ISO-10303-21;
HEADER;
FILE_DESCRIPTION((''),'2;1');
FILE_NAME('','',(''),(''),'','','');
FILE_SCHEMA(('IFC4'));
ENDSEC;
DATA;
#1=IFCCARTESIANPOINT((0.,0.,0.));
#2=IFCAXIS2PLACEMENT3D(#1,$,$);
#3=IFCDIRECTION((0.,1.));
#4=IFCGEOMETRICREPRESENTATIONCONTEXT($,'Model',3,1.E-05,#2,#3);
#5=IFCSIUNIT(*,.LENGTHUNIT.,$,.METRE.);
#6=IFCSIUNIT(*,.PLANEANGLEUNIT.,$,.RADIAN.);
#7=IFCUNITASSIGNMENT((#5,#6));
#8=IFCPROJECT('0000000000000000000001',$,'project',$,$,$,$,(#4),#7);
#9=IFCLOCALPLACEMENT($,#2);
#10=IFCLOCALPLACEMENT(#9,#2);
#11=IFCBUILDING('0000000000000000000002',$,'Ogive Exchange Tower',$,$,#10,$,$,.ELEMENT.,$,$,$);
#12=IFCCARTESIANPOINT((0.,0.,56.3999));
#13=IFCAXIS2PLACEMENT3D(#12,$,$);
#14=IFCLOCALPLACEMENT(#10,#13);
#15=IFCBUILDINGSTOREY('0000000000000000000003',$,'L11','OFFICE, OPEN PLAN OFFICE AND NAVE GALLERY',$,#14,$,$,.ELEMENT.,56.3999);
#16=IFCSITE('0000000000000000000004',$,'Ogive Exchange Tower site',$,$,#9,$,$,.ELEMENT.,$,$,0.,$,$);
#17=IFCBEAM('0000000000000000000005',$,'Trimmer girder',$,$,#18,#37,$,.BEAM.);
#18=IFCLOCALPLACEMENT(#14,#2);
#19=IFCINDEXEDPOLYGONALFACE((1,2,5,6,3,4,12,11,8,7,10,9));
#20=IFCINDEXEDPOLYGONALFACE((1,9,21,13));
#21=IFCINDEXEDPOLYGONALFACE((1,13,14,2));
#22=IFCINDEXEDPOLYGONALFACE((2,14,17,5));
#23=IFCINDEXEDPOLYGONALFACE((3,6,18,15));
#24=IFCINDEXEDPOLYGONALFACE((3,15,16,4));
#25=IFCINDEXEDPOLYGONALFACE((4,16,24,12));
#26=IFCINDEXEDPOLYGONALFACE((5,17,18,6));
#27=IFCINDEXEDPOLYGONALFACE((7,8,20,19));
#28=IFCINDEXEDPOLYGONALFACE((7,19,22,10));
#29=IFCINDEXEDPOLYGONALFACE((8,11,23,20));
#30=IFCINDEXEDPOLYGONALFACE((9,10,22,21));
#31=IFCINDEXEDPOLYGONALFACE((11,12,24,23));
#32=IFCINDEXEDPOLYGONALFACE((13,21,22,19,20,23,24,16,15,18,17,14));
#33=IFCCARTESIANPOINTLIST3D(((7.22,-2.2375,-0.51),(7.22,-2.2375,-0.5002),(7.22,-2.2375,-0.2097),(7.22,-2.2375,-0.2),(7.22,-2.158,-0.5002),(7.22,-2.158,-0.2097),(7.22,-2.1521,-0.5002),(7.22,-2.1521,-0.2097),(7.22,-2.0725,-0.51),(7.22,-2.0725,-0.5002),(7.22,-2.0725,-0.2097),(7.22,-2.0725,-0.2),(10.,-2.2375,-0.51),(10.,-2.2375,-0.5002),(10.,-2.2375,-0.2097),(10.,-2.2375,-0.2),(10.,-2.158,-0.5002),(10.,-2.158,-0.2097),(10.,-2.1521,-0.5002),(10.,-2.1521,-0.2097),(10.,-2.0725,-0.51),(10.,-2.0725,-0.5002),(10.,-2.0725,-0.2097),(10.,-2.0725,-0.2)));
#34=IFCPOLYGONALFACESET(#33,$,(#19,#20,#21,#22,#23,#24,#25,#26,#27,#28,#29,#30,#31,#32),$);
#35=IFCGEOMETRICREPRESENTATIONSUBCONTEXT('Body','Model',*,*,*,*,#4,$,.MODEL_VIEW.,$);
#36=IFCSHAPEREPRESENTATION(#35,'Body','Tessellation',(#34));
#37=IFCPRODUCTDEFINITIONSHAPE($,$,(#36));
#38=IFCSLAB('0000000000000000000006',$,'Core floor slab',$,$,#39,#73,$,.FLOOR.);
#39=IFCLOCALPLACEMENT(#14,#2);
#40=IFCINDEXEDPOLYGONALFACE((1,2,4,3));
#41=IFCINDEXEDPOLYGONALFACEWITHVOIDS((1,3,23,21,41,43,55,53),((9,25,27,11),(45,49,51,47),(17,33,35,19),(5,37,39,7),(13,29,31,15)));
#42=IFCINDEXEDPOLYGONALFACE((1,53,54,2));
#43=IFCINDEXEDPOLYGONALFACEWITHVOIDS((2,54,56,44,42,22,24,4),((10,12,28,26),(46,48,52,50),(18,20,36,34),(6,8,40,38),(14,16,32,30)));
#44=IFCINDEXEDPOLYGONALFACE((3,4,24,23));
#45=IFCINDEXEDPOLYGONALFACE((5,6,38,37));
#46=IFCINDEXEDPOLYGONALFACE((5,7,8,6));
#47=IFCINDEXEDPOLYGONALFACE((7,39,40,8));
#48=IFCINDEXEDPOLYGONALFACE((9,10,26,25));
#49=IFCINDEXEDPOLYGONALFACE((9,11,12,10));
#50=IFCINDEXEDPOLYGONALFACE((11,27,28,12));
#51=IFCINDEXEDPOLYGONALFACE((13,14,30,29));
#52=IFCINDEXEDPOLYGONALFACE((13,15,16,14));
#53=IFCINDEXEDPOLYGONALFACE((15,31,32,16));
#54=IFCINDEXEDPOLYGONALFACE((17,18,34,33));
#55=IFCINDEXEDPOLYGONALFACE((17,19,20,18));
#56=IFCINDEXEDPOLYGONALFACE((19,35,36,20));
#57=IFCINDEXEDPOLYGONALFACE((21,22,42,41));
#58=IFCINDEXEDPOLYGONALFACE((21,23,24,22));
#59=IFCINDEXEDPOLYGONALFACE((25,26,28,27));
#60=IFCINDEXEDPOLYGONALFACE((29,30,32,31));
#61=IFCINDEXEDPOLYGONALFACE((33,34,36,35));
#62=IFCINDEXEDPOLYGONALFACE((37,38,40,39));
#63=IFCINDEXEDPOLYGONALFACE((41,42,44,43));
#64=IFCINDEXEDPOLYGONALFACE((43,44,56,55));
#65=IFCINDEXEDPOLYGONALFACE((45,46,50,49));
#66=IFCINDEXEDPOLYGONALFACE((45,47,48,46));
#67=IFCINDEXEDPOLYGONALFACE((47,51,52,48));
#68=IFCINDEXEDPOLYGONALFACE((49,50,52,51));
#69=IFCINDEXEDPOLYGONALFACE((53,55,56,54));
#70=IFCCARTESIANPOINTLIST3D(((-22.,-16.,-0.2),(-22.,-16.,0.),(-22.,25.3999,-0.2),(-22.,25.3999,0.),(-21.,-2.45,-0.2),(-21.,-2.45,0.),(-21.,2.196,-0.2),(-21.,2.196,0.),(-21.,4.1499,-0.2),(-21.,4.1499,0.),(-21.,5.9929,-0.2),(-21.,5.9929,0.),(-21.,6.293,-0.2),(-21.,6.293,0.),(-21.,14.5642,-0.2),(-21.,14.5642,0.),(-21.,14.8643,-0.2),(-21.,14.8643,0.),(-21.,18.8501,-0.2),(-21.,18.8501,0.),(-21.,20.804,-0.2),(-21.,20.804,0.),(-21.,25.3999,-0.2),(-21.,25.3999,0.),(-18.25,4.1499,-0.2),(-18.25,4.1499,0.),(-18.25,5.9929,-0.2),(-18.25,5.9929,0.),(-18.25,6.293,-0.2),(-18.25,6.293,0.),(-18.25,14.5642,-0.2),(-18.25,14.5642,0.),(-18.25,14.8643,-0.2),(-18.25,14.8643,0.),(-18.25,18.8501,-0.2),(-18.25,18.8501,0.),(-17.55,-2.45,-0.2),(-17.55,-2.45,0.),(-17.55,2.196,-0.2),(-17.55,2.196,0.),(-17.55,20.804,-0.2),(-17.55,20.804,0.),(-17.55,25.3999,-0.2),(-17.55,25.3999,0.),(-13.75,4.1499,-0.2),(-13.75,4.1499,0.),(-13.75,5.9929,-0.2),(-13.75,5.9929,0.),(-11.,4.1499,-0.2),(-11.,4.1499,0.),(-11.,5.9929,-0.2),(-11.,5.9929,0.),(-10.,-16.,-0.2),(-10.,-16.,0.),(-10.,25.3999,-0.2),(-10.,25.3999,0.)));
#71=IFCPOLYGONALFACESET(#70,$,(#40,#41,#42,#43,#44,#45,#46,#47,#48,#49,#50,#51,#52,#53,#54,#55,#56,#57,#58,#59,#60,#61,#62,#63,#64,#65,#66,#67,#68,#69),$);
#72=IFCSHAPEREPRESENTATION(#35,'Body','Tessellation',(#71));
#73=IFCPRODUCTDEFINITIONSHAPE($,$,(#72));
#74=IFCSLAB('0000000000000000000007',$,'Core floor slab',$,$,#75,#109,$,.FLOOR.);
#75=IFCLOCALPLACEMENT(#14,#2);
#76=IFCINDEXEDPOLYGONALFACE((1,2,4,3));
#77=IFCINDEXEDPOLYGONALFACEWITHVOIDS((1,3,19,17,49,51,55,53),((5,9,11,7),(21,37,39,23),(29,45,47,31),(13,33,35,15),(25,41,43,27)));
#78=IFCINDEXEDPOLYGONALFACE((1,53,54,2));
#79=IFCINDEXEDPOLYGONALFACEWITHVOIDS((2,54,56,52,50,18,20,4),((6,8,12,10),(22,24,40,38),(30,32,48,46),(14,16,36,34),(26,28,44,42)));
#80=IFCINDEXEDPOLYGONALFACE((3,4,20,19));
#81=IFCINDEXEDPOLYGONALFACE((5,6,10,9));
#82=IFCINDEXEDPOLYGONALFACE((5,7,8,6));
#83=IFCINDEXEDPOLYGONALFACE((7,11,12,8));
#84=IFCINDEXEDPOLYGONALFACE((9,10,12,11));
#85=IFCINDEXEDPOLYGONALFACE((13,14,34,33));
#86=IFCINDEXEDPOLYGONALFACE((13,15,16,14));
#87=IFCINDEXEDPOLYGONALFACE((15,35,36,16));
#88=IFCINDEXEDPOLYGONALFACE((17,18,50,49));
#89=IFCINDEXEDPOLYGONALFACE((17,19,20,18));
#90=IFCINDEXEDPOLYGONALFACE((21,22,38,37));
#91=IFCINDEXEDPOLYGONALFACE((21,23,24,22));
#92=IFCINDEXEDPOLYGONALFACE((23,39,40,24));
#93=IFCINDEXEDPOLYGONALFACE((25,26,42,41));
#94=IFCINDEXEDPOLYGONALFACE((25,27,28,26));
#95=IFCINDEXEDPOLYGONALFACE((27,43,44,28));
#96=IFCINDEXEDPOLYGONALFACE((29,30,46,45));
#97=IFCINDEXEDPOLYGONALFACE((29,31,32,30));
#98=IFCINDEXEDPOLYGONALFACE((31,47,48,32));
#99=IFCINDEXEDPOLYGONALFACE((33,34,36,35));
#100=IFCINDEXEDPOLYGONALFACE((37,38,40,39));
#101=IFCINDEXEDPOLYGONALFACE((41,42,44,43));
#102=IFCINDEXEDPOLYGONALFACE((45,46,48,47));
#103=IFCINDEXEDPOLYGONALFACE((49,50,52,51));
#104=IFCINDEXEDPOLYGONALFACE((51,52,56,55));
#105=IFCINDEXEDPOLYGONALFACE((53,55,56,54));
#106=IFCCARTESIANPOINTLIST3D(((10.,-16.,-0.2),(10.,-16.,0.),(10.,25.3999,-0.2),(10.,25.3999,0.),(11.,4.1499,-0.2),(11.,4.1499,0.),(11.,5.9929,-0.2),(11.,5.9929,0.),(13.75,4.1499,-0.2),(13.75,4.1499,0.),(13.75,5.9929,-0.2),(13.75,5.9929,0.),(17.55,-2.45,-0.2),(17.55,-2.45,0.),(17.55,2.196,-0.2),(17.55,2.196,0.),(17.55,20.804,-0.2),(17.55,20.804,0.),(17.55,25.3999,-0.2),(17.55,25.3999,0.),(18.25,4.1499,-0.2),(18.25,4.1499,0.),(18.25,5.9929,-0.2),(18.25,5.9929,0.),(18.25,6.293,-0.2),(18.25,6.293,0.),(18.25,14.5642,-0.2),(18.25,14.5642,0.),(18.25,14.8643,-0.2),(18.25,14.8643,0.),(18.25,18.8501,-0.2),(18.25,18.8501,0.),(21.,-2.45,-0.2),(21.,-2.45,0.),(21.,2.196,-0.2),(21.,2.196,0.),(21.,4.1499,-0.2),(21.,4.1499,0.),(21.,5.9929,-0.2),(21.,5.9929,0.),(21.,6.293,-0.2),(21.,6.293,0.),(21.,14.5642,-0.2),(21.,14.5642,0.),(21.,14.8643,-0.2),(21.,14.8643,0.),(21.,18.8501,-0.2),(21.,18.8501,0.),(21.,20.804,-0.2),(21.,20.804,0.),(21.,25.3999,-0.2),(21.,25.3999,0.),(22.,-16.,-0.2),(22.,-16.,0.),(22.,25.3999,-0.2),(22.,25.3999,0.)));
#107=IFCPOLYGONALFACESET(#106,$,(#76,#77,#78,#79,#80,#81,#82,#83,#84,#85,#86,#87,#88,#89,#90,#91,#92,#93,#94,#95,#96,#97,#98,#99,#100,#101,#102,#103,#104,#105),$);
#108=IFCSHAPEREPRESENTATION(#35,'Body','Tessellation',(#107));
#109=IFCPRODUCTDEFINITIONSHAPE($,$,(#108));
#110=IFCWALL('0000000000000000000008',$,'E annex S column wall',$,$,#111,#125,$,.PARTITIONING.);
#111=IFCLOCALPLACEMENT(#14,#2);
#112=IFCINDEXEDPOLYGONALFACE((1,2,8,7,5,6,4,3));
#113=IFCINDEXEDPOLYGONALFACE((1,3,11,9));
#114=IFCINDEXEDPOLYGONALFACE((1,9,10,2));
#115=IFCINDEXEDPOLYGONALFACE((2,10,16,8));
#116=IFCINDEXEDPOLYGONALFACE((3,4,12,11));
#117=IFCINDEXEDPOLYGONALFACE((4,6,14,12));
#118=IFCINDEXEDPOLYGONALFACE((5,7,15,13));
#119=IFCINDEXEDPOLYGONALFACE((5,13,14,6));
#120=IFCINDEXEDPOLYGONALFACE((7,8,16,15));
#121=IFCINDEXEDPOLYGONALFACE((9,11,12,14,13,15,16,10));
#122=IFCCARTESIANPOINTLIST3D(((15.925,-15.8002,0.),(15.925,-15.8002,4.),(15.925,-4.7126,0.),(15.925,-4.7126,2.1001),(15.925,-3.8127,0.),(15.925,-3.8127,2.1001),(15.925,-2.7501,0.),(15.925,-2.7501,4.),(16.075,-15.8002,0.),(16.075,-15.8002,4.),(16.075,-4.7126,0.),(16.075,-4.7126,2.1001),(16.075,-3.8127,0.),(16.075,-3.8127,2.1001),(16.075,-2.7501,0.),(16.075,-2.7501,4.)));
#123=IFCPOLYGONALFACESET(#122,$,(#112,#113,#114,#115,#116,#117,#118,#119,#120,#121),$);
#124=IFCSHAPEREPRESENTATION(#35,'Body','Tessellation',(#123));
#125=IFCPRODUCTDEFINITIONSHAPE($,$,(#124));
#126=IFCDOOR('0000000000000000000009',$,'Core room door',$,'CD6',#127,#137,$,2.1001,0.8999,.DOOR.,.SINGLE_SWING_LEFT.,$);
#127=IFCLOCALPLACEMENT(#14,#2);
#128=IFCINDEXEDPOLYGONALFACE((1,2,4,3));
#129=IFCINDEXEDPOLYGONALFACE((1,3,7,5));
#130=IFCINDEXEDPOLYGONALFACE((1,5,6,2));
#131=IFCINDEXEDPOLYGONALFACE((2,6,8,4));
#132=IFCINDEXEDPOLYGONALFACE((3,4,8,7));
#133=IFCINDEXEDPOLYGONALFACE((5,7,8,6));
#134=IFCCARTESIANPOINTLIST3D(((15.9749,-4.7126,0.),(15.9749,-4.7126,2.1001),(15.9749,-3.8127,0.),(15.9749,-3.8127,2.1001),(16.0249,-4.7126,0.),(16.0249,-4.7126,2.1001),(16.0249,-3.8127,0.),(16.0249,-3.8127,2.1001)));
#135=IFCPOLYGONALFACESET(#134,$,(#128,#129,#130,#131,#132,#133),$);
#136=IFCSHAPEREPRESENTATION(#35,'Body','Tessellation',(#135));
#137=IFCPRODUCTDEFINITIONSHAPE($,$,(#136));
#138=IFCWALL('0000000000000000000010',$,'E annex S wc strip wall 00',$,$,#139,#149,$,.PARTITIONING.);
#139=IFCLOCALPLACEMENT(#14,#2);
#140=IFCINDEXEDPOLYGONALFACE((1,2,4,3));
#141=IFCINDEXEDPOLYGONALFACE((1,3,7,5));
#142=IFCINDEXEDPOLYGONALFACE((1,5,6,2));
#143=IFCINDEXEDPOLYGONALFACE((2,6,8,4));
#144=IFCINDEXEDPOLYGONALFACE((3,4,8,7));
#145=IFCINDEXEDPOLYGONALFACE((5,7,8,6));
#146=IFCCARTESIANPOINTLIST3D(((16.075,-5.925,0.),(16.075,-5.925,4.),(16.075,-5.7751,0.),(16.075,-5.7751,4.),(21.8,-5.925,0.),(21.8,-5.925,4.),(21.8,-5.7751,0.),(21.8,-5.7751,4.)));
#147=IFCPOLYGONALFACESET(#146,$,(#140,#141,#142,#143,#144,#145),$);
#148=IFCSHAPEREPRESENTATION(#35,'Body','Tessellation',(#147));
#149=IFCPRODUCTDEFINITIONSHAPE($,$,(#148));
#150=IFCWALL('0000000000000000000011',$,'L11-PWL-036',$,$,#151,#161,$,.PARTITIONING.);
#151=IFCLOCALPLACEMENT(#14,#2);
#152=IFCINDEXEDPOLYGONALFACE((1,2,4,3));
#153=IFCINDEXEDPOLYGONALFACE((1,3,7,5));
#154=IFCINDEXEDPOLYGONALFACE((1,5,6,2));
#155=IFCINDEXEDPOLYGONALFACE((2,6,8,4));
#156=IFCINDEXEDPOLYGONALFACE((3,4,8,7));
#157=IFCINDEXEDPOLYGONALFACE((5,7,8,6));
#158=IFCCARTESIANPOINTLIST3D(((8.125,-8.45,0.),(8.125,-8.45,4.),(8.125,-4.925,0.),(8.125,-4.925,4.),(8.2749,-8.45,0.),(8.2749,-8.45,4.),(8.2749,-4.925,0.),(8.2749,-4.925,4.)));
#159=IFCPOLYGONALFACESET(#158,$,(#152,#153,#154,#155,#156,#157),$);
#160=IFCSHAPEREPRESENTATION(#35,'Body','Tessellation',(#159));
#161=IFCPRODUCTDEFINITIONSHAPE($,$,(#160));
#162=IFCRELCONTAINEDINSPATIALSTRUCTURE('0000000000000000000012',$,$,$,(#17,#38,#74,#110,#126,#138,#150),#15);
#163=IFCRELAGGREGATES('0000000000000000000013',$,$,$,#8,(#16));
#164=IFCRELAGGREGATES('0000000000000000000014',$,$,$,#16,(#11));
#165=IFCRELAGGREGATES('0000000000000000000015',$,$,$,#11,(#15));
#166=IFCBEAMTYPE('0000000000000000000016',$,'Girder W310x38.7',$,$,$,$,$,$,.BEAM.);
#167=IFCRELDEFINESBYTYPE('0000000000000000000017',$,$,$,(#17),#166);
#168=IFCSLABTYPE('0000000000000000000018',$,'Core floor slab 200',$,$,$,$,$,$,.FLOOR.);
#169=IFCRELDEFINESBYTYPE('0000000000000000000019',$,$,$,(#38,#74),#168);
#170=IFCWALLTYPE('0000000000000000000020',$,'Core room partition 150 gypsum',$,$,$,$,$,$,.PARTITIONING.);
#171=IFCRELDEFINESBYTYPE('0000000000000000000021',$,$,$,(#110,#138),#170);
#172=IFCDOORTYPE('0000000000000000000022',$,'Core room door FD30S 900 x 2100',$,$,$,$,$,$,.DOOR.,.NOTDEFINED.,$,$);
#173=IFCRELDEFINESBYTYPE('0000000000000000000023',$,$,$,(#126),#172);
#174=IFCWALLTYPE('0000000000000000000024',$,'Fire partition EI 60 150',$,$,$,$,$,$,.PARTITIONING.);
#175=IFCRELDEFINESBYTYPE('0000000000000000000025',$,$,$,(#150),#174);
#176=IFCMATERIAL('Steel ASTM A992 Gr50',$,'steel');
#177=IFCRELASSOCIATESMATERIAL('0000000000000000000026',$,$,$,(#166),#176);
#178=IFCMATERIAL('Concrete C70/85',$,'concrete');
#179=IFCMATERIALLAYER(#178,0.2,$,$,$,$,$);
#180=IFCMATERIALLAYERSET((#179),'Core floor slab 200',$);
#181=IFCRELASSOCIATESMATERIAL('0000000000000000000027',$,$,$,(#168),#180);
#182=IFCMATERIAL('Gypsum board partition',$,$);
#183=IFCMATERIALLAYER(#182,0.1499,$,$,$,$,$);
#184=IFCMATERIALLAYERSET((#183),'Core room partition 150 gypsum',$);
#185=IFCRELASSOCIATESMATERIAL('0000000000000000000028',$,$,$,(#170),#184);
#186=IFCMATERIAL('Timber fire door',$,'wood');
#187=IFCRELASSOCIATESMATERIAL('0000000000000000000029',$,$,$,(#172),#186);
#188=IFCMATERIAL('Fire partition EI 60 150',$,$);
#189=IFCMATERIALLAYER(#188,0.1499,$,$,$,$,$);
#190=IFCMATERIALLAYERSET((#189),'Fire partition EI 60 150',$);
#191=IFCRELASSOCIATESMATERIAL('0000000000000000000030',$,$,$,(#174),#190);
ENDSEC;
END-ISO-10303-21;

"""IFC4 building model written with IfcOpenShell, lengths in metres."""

from ifc_helpers import new_model, si_unit, direction, frame, frame_2d, origin, origin_2d, place, context, subcontext, project, spatial, polyline, rectangle, i_section, outline, extrude, material, layer, layer_set, material_profile, profile_set, type_object, element, fill, save


model = new_model("IFC4")

# Units and contexts
model_context = context("Model", 3, precision=1e-05, world=origin(), true_north=direction((0.0, 1.0)))
body_context = subcontext(model_context, "Body", "Model", "MODEL_VIEW")
ifc_project = project(units=[si_unit("LENGTHUNIT", "METRE"), si_unit("PLANEANGLEUNIT", "RADIAN")], contexts=[model_context])

# Site, building, storey
site_placement = place(None, origin())
site = spatial("IfcSite", under=ifc_project, at=site_placement, Name="Ogive Exchange Tower site", CompositionType="ELEMENT", RefElevation=0.0)
building_placement = place(site_placement, origin())
building = spatial("IfcBuilding", under=site, at=building_placement, Name="Ogive Exchange Tower", CompositionType="ELEMENT")
storey_placement = place(building_placement, frame((0.0, 0.0, 56.3999)))
storey = spatial("IfcBuildingStorey", under=building, at=storey_placement, Name="L11", Description="OFFICE, OPEN PLAN OFFICE AND NAVE GALLERY", CompositionType="ELEMENT", Elevation=56.3999)

# Beam
ifc_material_1 = material(Name="Steel ASTM A992 Gr50", Category="steel")
ifc_material_profile = material_profile(ifc_material_1, i_section(OverallWidth=0.165, OverallDepth=0.3101, WebThickness=0.0059, FlangeThickness=0.0098, at=origin_2d()), Name="W310x38.7")
ifc_profile_set = profile_set([ifc_material_profile], Name="Steel ASTM A992 Gr50")
beam_type = type_object("IfcBeamType", Name="Girder W310x38.7", PredefinedType="BEAM", material=ifc_profile_set)
beam_placement = place(storey_placement, frame((7.22, -2.155, -0.355), z_axis=(1.0, 0.0, 0.0), x_axis=(0.0, 1.0, 0.0)))
element("IfcBeam", 1, at=beam_placement, inside=storey, type_object=beam_type, Name="Trimmer girder", PredefinedType="BEAM", context=body_context, shape_type="SweptSolid", body=[
    extrude(i_section(OverallWidth=0.165, OverallDepth=0.3101, WebThickness=0.0059, FlangeThickness=0.0098, at=origin_2d()), origin(), (0.0, 0.0, 1.0), 2.78),
])

# Slabs
ifc_material_2 = material(Name="Concrete C70/85", Category="concrete")
ifc_layer_1 = layer(ifc_material_2, 0.2)
ifc_layer_set_1 = layer_set([ifc_layer_1], Name="Core floor slab 200")
slab_type = type_object("IfcSlabType", Name="Core floor slab 200", PredefinedType="FLOOR", material=ifc_layer_set_1)
slab_1_placement = place(storey_placement, frame((0.0, 0.0, -0.2)))
element("IfcSlab", 2, at=slab_1_placement, inside=storey, type_object=slab_type, Name="Core floor slab", PredefinedType="FLOOR", context=body_context, shape_type="SweptSolid", body=[
    extrude(outline(polyline([(-10.0, 25.3999), (-10.0, -16.0), (-22.0, -16.0), (-22.0, 25.3999), (-21.0, 25.3999), (-21.0, 20.804), (-17.55, 20.804), (-17.55, 25.3999), (-10.0, 25.3999)]), holes=[polyline([(-17.55, 2.196), (-21.0, 2.196), (-21.0, -2.45), (-17.55, -2.45), (-17.55, 2.196)]), polyline([(-18.25, 5.9929), (-21.0, 5.9929), (-21.0, 4.1499), (-18.25, 4.1499), (-18.25, 5.9929)]), polyline([(-11.0, 5.9929), (-13.75, 5.9929), (-13.75, 4.1499), (-11.0, 4.1499), (-11.0, 5.9929)]), polyline([(-21.0, 14.5642), (-21.0, 6.293), (-18.25, 6.293), (-18.25, 14.5642), (-21.0, 14.5642)]), polyline([(-18.25, 18.8501), (-21.0, 18.8501), (-21.0, 14.8643), (-18.25, 14.8643), (-18.25, 18.8501)])]), origin(), (0.0, 0.0, 1.0), 0.2),
])
slab_2_placement = place(storey_placement, frame((0.0, 0.0, -0.2)))
element("IfcSlab", 3, at=slab_2_placement, inside=storey, type_object=slab_type, Name="Core floor slab", PredefinedType="FLOOR", context=body_context, shape_type="SweptSolid", body=[
    extrude(outline(polyline([(22.0, 25.3999), (22.0, -16.0), (10.0, -16.0), (10.0, 25.3999), (17.55, 25.3999), (17.55, 20.804), (21.0, 20.804), (21.0, 25.3999), (22.0, 25.3999)]), holes=[polyline([(21.0, 2.196), (17.55, 2.196), (17.55, -2.45), (21.0, -2.45), (21.0, 2.196)]), polyline([(13.75, 5.9929), (11.0, 5.9929), (11.0, 4.1499), (13.75, 4.1499), (13.75, 5.9929)]), polyline([(21.0, 5.9929), (18.25, 5.9929), (18.25, 4.1499), (21.0, 4.1499), (21.0, 5.9929)]), polyline([(18.25, 14.5642), (18.25, 6.293), (21.0, 6.293), (21.0, 14.5642), (18.25, 14.5642)]), polyline([(21.0, 18.8501), (18.25, 18.8501), (18.25, 14.8643), (21.0, 14.8643), (21.0, 18.8501)])]), origin(), (0.0, 0.0, 1.0), 0.2),
])

# Wall, opening, door
ifc_material_3 = material(Name="Gypsum board partition")
ifc_layer_2 = layer(ifc_material_3, 0.1499)
ifc_layer_set_2 = layer_set([ifc_layer_2], Name="Core room partition 150 gypsum")
wall_type_1 = type_object("IfcWallType", Name="Core room partition 150 gypsum", PredefinedType="PARTITIONING", material=ifc_layer_set_2)
wall_1_placement = place(storey_placement, frame((16.0, -15.8, 0.0), z_axis=(0.0, 0.0, 1.0), x_axis=(0.0, 1.0, 0.0)))
wall_1 = element("IfcWall", 4, at=wall_1_placement, inside=storey, type_object=wall_type_1, Name="E annex S column wall", PredefinedType="PARTITIONING", context=body_context, shape_type="SweptSolid", body=[
    extrude(rectangle(XDim=13.05, YDim=0.1499, at=frame_2d((6.5249, 0.0))), origin(), (0.0, 0.0, 1.0), 4.0),
])
opening_1_placement = place(wall_1_placement, frame((11.0874, 0.0, 0.0)))
opening_1 = element("IfcOpeningElement", 5, at=opening_1_placement, cuts=wall_1, PredefinedType="OPENING", context=body_context, shape_type="SweptSolid", body=[
    extrude(rectangle(XDim=0.8999, YDim=2.1001, at=frame_2d((0.45, 1.05))), frame((0.0, 0.085, 0.0), z_axis=(0.0, -1.0, 0.0), x_axis=(1.0, 0.0, 0.0)), (0.0, 0.0, 1.0), 0.1699),
])
ifc_material_4 = material(Name="Timber fire door", Category="wood")
door_type_1 = type_object("IfcDoorType", Name="Core room door FD30S 900 x 2100", OperationType="NOTDEFINED", PredefinedType="DOOR", material=ifc_material_4)
door_1_placement = place(opening_1_placement, frame((0.8999, 0.0, 0.0), z_axis=(0.0, 0.0, 1.0), x_axis=(-1.0, 0.0, 0.0)))
door_1 = element("IfcDoor", 6, at=door_1_placement, inside=storey, type_object=door_type_1, Name="Core room door", ObjectType="CD6", OperationType="SINGLE_SWING_LEFT", OverallHeight=2.1001, OverallWidth=0.8999, PredefinedType="DOOR", context=body_context, shape_type="SweptSolid", body=[
    extrude(rectangle(XDim=0.8999, YDim=2.1001, at=frame_2d((0.45, 1.05))), frame((0.0, 0.0249, 0.0), z_axis=(0.0, -1.0, 0.0), x_axis=(1.0, 0.0, 0.0)), (0.0, 0.0, 1.0), 0.05),
])
fill(opening_1, door_1)

# Walls
wall_2_placement = place(storey_placement, frame((16.075, -5.8501, 0.0), z_axis=(0.0, 0.0, 1.0), x_axis=(1.0, 0.0, 0.0)))
element("IfcWall", 7, at=wall_2_placement, inside=storey, type_object=wall_type_1, Name="E annex S wc strip wall 00", PredefinedType="PARTITIONING", context=body_context, shape_type="SweptSolid", body=[
    extrude(rectangle(XDim=5.7251, YDim=0.1499, at=frame_2d((2.8625, 0.0))), origin(), (0.0, 0.0, 1.0), 4.0),
])
ifc_material_5 = material(Name="Fire partition EI 60 150")
ifc_layer_3 = layer(ifc_material_5, 0.1499)
ifc_layer_set_3 = layer_set([ifc_layer_3], Name="Fire partition EI 60 150")
wall_type_2 = type_object("IfcWallType", Name="Fire partition EI 60 150", PredefinedType="PARTITIONING", material=ifc_layer_set_3)
wall_3_placement = place(storey_placement, frame((8.2, -8.45, 0.0), z_axis=(0.0, 0.0, 1.0), x_axis=(0.0, 1.0, 0.0)))
element("IfcWall", 8, at=wall_3_placement, inside=storey, type_object=wall_type_2, Name="L11-PWL-036", PredefinedType="PARTITIONING", context=body_context, shape_type="SweptSolid", body=[
    extrude(rectangle(XDim=3.5249, YDim=0.1499, at=frame_2d((1.7625, 0.0))), origin(), (0.0, 0.0, 1.0), 4.0),
])

save(model, "model.ifc")
